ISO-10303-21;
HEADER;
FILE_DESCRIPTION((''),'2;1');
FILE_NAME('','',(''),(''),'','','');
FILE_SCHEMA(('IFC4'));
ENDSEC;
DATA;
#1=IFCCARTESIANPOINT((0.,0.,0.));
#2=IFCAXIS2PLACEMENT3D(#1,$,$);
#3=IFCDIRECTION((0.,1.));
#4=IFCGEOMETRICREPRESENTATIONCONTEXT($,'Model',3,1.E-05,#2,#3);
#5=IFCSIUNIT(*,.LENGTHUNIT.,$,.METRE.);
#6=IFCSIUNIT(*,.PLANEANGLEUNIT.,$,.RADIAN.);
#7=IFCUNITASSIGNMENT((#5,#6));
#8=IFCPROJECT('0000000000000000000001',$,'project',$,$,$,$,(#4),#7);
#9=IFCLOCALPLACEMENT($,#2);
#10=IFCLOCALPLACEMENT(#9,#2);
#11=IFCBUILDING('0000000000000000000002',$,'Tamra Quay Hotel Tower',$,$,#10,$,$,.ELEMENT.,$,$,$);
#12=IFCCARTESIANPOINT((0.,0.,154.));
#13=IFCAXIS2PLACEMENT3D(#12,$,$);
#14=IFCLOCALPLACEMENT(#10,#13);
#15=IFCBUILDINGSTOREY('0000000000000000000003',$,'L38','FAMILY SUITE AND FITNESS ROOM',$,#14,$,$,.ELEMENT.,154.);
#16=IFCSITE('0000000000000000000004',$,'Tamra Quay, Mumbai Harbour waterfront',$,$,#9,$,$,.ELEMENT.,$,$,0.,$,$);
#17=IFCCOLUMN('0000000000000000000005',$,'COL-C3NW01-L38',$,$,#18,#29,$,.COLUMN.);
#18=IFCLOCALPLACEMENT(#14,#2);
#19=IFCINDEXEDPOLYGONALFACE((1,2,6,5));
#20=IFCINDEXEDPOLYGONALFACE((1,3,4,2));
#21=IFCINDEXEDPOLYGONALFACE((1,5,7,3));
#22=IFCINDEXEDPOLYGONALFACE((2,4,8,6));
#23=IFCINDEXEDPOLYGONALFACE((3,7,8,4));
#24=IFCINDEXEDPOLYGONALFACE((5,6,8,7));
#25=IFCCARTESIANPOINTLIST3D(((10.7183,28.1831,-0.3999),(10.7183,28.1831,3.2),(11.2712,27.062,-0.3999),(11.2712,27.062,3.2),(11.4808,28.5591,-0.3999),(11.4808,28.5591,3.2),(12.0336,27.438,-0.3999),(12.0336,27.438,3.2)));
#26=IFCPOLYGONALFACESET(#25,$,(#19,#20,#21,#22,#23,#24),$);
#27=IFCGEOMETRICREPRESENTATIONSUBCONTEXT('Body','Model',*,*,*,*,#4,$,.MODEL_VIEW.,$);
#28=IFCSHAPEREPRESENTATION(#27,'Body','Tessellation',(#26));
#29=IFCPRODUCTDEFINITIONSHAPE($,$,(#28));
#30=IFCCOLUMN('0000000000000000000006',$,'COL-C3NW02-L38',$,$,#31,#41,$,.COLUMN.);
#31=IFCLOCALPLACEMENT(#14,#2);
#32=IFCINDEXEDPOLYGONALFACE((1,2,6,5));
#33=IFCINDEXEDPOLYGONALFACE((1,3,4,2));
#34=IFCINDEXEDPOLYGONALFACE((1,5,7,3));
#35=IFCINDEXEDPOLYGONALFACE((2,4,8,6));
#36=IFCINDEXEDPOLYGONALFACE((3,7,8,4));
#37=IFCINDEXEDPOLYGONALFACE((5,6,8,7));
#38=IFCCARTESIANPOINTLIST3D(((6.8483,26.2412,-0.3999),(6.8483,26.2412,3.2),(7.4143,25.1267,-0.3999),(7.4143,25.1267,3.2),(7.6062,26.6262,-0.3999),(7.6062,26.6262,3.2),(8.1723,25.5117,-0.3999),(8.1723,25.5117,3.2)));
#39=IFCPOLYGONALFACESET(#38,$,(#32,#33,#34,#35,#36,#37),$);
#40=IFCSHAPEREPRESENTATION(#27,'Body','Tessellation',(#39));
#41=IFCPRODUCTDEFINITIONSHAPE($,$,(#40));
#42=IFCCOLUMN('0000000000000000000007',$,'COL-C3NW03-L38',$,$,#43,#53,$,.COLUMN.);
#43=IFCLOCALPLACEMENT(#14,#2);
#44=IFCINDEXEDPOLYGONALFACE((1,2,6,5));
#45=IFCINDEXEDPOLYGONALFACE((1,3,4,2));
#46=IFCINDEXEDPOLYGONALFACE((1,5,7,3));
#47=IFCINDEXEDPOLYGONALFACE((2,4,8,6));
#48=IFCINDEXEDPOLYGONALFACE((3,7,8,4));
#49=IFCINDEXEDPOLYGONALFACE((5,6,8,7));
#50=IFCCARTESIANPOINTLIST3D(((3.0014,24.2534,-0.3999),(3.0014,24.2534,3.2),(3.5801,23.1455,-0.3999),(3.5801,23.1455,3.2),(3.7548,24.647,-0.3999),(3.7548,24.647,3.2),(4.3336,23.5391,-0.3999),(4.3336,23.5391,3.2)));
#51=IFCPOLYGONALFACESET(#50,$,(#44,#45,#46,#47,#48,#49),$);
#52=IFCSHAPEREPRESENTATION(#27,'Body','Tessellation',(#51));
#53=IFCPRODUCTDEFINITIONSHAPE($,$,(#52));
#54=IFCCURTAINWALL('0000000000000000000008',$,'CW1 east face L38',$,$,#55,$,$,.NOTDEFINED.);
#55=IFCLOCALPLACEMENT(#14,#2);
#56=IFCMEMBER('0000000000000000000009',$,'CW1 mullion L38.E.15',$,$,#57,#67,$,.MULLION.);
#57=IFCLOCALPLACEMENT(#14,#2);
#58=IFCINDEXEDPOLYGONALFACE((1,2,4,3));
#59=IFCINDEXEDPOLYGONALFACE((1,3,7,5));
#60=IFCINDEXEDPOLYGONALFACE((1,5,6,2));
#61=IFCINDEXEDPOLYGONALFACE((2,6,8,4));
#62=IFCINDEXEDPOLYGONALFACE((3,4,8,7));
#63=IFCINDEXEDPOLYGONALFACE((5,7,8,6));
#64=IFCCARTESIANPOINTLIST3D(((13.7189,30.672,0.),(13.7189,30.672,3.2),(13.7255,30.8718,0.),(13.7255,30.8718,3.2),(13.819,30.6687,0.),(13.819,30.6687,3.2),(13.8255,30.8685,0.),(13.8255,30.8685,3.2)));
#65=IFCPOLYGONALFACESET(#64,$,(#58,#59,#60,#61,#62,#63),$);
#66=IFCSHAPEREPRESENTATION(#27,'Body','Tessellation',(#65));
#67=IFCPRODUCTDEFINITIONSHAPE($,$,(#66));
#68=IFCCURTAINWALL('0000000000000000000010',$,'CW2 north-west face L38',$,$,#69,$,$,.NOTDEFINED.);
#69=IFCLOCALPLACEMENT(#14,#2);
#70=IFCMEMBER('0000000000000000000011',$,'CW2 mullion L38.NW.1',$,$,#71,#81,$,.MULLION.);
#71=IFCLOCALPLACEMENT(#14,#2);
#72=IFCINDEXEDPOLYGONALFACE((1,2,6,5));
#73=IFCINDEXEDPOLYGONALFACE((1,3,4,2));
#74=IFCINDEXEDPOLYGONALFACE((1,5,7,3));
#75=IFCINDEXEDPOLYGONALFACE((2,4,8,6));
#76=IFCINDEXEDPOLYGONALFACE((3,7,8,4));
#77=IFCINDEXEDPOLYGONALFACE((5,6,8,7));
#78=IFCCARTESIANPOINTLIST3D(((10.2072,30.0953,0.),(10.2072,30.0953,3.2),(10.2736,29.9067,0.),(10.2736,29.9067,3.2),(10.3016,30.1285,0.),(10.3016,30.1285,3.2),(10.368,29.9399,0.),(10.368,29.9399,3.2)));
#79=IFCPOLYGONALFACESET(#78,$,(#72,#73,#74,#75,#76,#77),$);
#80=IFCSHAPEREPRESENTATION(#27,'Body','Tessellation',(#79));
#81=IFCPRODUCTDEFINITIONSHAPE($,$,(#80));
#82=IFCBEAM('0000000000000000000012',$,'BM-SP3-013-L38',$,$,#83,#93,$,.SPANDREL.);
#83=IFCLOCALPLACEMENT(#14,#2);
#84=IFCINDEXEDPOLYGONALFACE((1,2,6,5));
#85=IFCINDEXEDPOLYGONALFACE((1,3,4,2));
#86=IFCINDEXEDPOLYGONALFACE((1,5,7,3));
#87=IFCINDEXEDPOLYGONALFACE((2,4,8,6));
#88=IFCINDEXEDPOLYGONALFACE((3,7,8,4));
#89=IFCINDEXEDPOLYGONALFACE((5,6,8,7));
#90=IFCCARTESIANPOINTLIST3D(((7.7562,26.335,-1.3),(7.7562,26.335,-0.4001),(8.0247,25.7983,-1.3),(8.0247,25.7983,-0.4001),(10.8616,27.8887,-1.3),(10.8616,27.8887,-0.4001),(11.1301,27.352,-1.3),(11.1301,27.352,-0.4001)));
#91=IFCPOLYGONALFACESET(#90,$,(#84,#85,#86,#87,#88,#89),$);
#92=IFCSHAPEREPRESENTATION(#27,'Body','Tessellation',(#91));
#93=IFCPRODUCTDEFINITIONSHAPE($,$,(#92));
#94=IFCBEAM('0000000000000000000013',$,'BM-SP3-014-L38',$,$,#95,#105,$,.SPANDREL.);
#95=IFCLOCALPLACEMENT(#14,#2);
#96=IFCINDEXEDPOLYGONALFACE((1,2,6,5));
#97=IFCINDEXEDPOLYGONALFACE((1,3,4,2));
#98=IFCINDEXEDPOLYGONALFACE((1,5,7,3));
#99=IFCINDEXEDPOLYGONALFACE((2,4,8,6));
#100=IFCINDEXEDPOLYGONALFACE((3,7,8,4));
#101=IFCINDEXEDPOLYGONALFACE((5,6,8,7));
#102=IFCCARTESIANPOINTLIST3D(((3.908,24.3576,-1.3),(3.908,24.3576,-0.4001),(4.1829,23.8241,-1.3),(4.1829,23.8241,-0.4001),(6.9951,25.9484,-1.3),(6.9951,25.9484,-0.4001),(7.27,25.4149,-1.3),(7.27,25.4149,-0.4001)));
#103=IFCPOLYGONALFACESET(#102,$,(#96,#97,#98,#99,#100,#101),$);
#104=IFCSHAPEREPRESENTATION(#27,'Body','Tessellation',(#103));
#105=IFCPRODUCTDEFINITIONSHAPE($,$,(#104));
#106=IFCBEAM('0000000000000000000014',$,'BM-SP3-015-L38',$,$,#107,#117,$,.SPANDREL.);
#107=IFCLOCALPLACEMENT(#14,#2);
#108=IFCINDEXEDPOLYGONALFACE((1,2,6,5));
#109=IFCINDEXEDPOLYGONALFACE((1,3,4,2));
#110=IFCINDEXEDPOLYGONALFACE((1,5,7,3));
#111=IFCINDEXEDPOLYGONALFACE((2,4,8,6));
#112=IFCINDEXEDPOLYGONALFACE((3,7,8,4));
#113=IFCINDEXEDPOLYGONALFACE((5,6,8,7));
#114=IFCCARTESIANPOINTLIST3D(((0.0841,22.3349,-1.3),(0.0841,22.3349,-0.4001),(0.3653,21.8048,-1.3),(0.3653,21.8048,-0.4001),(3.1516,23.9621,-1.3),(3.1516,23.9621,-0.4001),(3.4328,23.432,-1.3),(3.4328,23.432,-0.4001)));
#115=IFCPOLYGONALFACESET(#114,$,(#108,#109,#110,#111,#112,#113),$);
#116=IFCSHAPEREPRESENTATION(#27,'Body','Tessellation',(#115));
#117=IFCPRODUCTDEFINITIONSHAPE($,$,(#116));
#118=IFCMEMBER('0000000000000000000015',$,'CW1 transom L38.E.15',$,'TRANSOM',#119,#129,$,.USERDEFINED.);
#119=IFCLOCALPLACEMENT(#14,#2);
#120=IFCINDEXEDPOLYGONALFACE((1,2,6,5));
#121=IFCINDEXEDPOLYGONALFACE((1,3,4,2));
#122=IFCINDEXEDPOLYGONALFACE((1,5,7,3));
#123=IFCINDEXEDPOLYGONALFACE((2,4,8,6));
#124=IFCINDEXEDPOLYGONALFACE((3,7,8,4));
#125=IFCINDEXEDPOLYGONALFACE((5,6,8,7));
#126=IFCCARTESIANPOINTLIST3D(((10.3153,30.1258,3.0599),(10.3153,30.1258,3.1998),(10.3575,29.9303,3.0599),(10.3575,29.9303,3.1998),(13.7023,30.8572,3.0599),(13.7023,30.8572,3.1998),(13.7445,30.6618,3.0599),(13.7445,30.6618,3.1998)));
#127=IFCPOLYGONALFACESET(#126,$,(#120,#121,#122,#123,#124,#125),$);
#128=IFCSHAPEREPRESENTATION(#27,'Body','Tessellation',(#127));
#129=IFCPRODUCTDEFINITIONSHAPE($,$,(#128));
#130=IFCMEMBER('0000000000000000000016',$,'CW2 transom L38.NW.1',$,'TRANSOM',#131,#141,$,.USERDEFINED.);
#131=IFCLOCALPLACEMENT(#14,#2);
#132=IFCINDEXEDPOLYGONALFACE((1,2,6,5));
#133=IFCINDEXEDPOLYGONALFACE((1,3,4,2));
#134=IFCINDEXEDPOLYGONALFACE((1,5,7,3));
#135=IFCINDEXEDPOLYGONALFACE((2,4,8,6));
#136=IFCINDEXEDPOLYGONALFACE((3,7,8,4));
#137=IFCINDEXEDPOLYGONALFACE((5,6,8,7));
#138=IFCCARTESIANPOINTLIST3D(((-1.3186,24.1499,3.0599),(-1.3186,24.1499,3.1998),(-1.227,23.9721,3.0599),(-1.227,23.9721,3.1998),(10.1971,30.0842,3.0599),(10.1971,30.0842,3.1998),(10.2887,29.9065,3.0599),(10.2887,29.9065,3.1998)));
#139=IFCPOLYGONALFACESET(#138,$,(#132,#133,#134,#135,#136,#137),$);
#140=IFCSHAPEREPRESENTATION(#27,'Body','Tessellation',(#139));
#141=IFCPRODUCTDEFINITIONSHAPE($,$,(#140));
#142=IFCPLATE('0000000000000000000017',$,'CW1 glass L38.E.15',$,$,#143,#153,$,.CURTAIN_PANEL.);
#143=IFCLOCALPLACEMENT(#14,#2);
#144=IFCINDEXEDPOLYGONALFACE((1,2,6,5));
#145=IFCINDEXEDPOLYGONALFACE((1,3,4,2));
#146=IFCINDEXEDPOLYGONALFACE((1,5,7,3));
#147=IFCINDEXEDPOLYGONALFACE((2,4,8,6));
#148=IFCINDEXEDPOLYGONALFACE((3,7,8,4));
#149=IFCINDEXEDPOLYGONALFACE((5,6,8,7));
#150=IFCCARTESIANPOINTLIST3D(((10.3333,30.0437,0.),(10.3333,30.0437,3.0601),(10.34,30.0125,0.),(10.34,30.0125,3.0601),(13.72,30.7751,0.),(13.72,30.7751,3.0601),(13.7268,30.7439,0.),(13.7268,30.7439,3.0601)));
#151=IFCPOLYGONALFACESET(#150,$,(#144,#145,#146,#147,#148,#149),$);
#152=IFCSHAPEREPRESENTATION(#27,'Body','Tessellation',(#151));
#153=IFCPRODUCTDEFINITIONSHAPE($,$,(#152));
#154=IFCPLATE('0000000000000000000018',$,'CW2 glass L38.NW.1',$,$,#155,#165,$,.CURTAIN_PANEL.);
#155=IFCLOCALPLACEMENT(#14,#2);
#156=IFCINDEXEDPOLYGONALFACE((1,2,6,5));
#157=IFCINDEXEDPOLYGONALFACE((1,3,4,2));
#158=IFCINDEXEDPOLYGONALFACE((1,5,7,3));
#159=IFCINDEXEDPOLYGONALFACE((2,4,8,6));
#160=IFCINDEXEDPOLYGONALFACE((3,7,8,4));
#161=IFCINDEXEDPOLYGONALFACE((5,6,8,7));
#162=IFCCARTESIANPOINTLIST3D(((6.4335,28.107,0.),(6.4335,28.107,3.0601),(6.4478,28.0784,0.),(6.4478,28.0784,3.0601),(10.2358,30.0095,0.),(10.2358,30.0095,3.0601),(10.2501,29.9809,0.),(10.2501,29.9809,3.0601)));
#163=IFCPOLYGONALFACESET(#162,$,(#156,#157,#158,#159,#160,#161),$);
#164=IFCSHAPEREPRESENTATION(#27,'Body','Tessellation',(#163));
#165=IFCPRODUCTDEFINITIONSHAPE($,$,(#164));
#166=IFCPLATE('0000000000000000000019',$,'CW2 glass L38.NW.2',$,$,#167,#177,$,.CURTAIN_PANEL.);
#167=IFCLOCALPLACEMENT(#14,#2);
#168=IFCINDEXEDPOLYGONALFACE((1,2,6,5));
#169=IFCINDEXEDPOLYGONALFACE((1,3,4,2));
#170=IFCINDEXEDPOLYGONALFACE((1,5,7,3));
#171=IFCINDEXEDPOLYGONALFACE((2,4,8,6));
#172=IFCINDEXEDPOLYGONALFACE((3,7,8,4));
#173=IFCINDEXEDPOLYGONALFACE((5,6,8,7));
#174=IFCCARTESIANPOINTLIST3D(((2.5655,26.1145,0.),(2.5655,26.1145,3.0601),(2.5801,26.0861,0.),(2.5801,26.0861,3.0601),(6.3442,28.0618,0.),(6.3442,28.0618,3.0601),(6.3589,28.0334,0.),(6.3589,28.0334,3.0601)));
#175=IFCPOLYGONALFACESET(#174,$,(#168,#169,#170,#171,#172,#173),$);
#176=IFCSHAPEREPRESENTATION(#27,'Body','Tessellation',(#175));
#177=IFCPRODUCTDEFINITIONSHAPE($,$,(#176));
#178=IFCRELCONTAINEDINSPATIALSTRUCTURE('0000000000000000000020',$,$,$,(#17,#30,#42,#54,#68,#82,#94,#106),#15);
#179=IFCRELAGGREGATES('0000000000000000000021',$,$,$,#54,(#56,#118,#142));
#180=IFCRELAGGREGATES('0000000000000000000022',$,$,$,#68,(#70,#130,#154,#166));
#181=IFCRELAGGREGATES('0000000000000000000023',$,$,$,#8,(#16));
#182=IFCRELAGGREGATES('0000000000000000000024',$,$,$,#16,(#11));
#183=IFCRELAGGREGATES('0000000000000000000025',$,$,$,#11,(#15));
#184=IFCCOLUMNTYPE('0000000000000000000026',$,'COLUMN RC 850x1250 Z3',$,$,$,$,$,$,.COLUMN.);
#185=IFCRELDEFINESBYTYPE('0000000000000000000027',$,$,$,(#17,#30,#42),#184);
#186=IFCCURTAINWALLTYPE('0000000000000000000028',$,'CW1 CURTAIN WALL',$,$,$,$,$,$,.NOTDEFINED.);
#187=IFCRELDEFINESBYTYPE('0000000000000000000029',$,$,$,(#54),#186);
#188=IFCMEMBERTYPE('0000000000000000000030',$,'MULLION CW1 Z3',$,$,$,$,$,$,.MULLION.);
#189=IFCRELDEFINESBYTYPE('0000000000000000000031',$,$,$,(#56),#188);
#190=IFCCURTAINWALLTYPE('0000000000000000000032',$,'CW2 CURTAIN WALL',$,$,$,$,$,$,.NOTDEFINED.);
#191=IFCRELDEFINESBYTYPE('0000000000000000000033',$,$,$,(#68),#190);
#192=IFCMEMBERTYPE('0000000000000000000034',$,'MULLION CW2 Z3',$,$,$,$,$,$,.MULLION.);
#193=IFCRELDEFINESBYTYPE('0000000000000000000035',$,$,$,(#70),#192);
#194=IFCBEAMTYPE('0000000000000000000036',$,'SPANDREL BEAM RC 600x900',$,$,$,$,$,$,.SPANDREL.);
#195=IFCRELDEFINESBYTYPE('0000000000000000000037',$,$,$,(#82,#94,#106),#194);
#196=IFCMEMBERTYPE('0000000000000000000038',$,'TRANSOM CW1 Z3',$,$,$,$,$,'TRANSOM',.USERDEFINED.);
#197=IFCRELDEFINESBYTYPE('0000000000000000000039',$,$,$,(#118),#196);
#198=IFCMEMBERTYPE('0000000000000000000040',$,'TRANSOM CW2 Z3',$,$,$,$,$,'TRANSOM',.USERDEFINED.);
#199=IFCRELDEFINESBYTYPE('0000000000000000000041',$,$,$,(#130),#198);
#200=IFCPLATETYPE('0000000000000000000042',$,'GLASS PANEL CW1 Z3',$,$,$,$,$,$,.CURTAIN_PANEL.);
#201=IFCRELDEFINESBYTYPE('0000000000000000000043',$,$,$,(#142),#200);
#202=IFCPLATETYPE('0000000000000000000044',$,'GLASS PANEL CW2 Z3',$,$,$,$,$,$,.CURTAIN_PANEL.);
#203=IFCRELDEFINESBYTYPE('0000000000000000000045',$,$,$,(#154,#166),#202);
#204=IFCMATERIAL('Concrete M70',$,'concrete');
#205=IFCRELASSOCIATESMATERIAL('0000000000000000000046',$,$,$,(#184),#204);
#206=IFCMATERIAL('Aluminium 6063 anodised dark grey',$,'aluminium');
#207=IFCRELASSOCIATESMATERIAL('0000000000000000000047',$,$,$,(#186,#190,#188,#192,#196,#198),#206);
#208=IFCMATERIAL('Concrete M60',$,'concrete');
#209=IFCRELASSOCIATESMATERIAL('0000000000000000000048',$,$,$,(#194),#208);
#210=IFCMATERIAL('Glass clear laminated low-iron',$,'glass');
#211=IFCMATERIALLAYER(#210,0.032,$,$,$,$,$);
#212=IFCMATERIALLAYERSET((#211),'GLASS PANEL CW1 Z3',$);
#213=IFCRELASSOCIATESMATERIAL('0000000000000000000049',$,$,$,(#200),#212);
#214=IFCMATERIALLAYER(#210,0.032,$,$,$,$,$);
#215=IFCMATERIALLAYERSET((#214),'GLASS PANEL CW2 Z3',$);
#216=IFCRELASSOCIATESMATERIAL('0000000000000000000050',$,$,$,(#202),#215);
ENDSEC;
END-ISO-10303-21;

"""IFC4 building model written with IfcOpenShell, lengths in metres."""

from ifc_helpers import new_model, si_unit, direction, frame, origin, origin_2d, place, context, subcontext, project, spatial, rectangle, extrude, material, layer, layer_set, material_profile, profile_set, type_object, element, aggregate, save


model = new_model("IFC4")

# Units and contexts
model_context = context("Model", 3, precision=1e-05, world=origin(), true_north=direction((0.0, 1.0)))
body_context = subcontext(model_context, "Body", "Model", "MODEL_VIEW")
ifc_project = project(units=[si_unit("LENGTHUNIT", "METRE"), si_unit("PLANEANGLEUNIT", "RADIAN")], contexts=[model_context])

# Site, building, storey
site_placement = place(None, origin())
site = spatial("IfcSite", under=ifc_project, at=site_placement, Name="Tamra Quay, Mumbai Harbour waterfront", CompositionType="ELEMENT", RefElevation=0.0)
building_placement = place(site_placement, origin())
building = spatial("IfcBuilding", under=site, at=building_placement, Name="Tamra Quay Hotel Tower", CompositionType="ELEMENT")
storey_placement = place(building_placement, frame((0.0, 0.0, 154.0)))
storey = spatial("IfcBuildingStorey", under=building, at=storey_placement, Name="L38", Description="FAMILY SUITE AND FITNESS ROOM", CompositionType="ELEMENT", Elevation=154.0)

# Columns
ifc_material_1 = material(Name="Concrete M70", Category="concrete")
ifc_material_profile_1 = material_profile(ifc_material_1, rectangle(XDim=1.25, YDim=0.8501, at=origin_2d()), Name="COLUMN RC 850x1250 Z3")
ifc_profile_set_1 = profile_set([ifc_material_profile_1], Name="Concrete M70")
column_type = type_object("IfcColumnType", Name="COLUMN RC 850x1250 Z3", PredefinedType="COLUMN", material=ifc_profile_set_1)
for number, where, z_axis, x_axis, name in (
    (1, (11.376, 27.8105, -0.3999), (0.0, 0.0, 1.0), (-0.442275, 0.89688, 0.0), "COL-C3NW01-L38"),
    (2, (7.5103, 25.8765, -0.3999), (0.0, 0.0, 1.0), (-0.45286, 0.891582, 0.0), "COL-C3NW02-L38"),
    (3, (3.6675, 23.8962, -0.3999), (0.0, 0.0, 1.0), (-0.463007, 0.886355, 0.0), "COL-C3NW03-L38"),
):
    element("IfcColumn", number, at=place(storey_placement, frame(where, z_axis=z_axis, x_axis=x_axis)), inside=storey, type_object=column_type, Name=name, PredefinedType="COLUMN", context=body_context, shape_type="SweptSolid", body=[
        extrude(rectangle(XDim=1.25, YDim=0.8501, at=origin_2d()), origin(), (0.0, 0.0, 1.0), 3.5999),
    ])

# Curtain walls, members
ifc_material_2 = material(Name="Aluminium 6063 anodised dark grey", Category="aluminium")
curtain_wall_type_1 = type_object("IfcCurtainWallType", Name="CW1 CURTAIN WALL", PredefinedType="NOTDEFINED", material=ifc_material_2)
curtain_wall_1_placement = place(storey_placement, origin())
curtain_wall_1 = element("IfcCurtainWall", 4, at=curtain_wall_1_placement, inside=storey, type_object=curtain_wall_type_1, Name="CW1 east face L38", PredefinedType="NOTDEFINED")
ifc_material_profile_2 = material_profile(ifc_material_2, rectangle(XDim=0.2, YDim=0.1001, at=origin_2d()), Name="MULLION 100X200")
ifc_profile_set_2 = profile_set([ifc_material_profile_2], Name="Aluminium 6063 anodised dark grey")
member_type_1 = type_object("IfcMemberType", Name="MULLION CW1 Z3", PredefinedType="MULLION", material=ifc_profile_set_2)
member_1_placement = place(storey_placement, frame((13.7722, 30.7703, 0.0), z_axis=(0.0, 0.0, 1.0), x_axis=(0.032727, 0.999464, 0.0)))
member_1 = element("IfcMember", 5, at=member_1_placement, type_object=member_type_1, Name="CW1 mullion L38.E.15", PredefinedType="MULLION", context=body_context, shape_type="SweptSolid", body=[
    extrude(rectangle(XDim=0.2, YDim=0.1001, at=origin_2d()), origin(), (0.0, 0.0, 1.0), 3.2),
])
curtain_wall_type_2 = type_object("IfcCurtainWallType", Name="CW2 CURTAIN WALL", PredefinedType="NOTDEFINED", material=ifc_material_2)
curtain_wall_2_placement = place(storey_placement, origin())
curtain_wall_2 = element("IfcCurtainWall", 6, at=curtain_wall_2_placement, inside=storey, type_object=curtain_wall_type_2, Name="CW2 north-west face L38", PredefinedType="NOTDEFINED")
ifc_material_profile_3 = material_profile(ifc_material_2, rectangle(XDim=0.2, YDim=0.1001, at=origin_2d()), Name="MULLION 100X200")
ifc_profile_set_3 = profile_set([ifc_material_profile_3], Name="Aluminium 6063 anodised dark grey")
member_type_2 = type_object("IfcMemberType", Name="MULLION CW2 Z3", PredefinedType="MULLION", material=ifc_profile_set_3)
member_2_placement = place(storey_placement, frame((10.2876, 30.0176, 0.0), z_axis=(0.0, 0.0, 1.0), x_axis=(-0.331894, 0.943317, 0.0)))
member_2 = element("IfcMember", 7, at=member_2_placement, type_object=member_type_2, Name="CW2 mullion L38.NW.1", PredefinedType="MULLION", context=body_context, shape_type="SweptSolid", body=[
    extrude(rectangle(XDim=0.2, YDim=0.1001, at=origin_2d()), origin(), (0.0, 0.0, 1.0), 3.2),
])

# Beams
ifc_material_3 = material(Name="Concrete M60", Category="concrete")
ifc_material_profile_4 = material_profile(ifc_material_3, rectangle(XDim=0.6001, YDim=0.8999, at=origin_2d()), Name="SPANDREL BEAM RC 600x900")
ifc_profile_set_4 = profile_set([ifc_material_profile_4], Name="Concrete M60")
beam_type = type_object("IfcBeamType", Name="SPANDREL BEAM RC 600x900", PredefinedType="SPANDREL", material=ifc_profile_set_4)
beam_1_placement = place(storey_placement, frame((10.9958, 27.6204, -0.8501), z_axis=(-0.894315, -0.447439, 0.0), x_axis=(0.447439, -0.894315, 0.0)))
element("IfcBeam", 8, at=beam_1_placement, inside=storey, type_object=beam_type, Name="BM-SP3-013-L38", PredefinedType="SPANDREL", context=body_context, shape_type="SweptSolid", body=[
    extrude(rectangle(XDim=0.6001, YDim=0.8999, at=origin_2d()), origin(), (0.0, 0.0, 1.0), 3.4724),
])
beam_2_placement = place(storey_placement, frame((7.1326, 25.6816, -0.8501), z_axis=(-0.88892, -0.458063, 0.0), x_axis=(0.458063, -0.88892, 0.0)))
element("IfcBeam", 9, at=beam_2_placement, inside=storey, type_object=beam_type, Name="BM-SP3-014-L38", PredefinedType="SPANDREL", context=body_context, shape_type="SweptSolid", body=[
    extrude(rectangle(XDim=0.6001, YDim=0.8999, at=origin_2d()), origin(), (0.0, 0.0, 1.0), 3.4729),
])
beam_3_placement = place(storey_placement, frame((3.2922, 23.697, -0.8501), z_axis=(-0.883411, -0.468598, 0.0), x_axis=(0.468598, -0.883411, 0.0)))
element("IfcBeam", 10, at=beam_3_placement, inside=storey, type_object=beam_type, Name="BM-SP3-015-L38", PredefinedType="SPANDREL", context=body_context, shape_type="SweptSolid", body=[
    extrude(rectangle(XDim=0.6001, YDim=0.8999, at=origin_2d()), origin(), (0.0, 0.0, 1.0), 3.4724),
])

# Members
ifc_material_profile_5 = material_profile(ifc_material_2, rectangle(XDim=0.2, YDim=0.1399, at=origin_2d()), Name="TRANSOM 200X140")
ifc_profile_set_5 = profile_set([ifc_material_profile_5], Name="Aluminium 6063 anodised dark grey")
member_type_3 = type_object("IfcMemberType", Name="TRANSOM CW1 Z3", ElementType="TRANSOM", PredefinedType="USERDEFINED", material=ifc_profile_set_5)
member_3_placement = place(storey_placement, frame((13.7234, 30.7595, 3.1299), z_axis=(-0.977466, -0.211093, 0.0), x_axis=(0.211093, -0.977466, 0.0)))
member_3 = element("IfcMember", 11, at=member_3_placement, type_object=member_type_3, Name="CW1 transom L38.E.15", ObjectType="TRANSOM", PredefinedType="USERDEFINED", context=body_context, shape_type="SweptSolid", body=[
    extrude(rectangle(XDim=0.2, YDim=0.1399, at=origin_2d()), origin(), (0.0, 0.0, 1.0), 3.4651),
])
ifc_material_profile_6 = material_profile(ifc_material_2, rectangle(XDim=0.2, YDim=0.1399, at=origin_2d()), Name="TRANSOM 200X140")
ifc_profile_set_6 = profile_set([ifc_material_profile_6], Name="Aluminium 6063 anodised dark grey")
member_type_4 = type_object("IfcMemberType", Name="TRANSOM CW2 Z3", ElementType="TRANSOM", PredefinedType="USERDEFINED", material=ifc_profile_set_6)
member_4_placement = place(storey_placement, frame((10.2429, 29.9954, 3.1299), z_axis=(-0.888911, -0.458081, 0.0), x_axis=(0.458081, -0.888911, 0.0)))
member_4 = element("IfcMember", 12, at=member_4_placement, type_object=member_type_4, Name="CW2 transom L38.NW.1", ObjectType="TRANSOM", PredefinedType="USERDEFINED", context=body_context, shape_type="SweptSolid", body=[
    extrude(rectangle(XDim=0.2, YDim=0.1399, at=origin_2d()), origin(), (0.0, 0.0, 1.0), 12.9548),
])

# Plates
ifc_material_4 = material(Name="Glass clear laminated low-iron", Category="glass")
ifc_layer_1 = layer(ifc_material_4, 0.032)
ifc_layer_set_1 = layer_set([ifc_layer_1], Name="GLASS PANEL CW1 Z3")
plate_type_1 = type_object("IfcPlateType", Name="GLASS PANEL CW1 Z3", PredefinedType="CURTAIN_PANEL", material=ifc_layer_set_1)
plate_1_placement = place(storey_placement, frame((12.03, 30.3938, 0.0), z_axis=(0.0, 0.0, 1.0), x_axis=(-0.977465, -0.211099, 0.0)))
plate_1 = element("IfcPlate", 13, at=plate_1_placement, type_object=plate_type_1, Name="CW1 glass L38.E.15", PredefinedType="CURTAIN_PANEL", context=body_context, shape_type="SweptSolid", body=[
    extrude(rectangle(XDim=3.4648, YDim=0.032, at=origin_2d()), origin(), (0.0, 0.0, 1.0), 3.0601),
])
aggregate(curtain_wall_1, [member_1, member_3, plate_1])
ifc_layer_2 = layer(ifc_material_4, 0.032)
ifc_layer_set_2 = layer_set([ifc_layer_2], Name="GLASS PANEL CW2 Z3")
plate_type_2 = type_object("IfcPlateType", Name="GLASS PANEL CW2 Z3", PredefinedType="CURTAIN_PANEL", material=ifc_layer_set_2)
plate_2_placement = place(storey_placement, frame((8.3418, 29.0439, 0.0), z_axis=(0.0, 0.0, 1.0), x_axis=(-0.894305, -0.447459, 0.0)))
plate_2 = element("IfcPlate", 14, at=plate_2_placement, type_object=plate_type_2, Name="CW2 glass L38.NW.1", PredefinedType="CURTAIN_PANEL", context=body_context, shape_type="SweptSolid", body=[
    extrude(rectangle(XDim=4.2517, YDim=0.032, at=origin_2d()), origin(), (0.0, 0.0, 1.0), 3.0601),
])
plate_3_placement = place(storey_placement, frame((4.4622, 27.074, 0.0), z_axis=(0.0, 0.0, 1.0), x_axis=(-0.888911, -0.458079, 0.0)))
plate_3 = element("IfcPlate", 15, at=plate_3_placement, type_object=plate_type_2, Name="CW2 glass L38.NW.2", PredefinedType="CURTAIN_PANEL", context=body_context, shape_type="SweptSolid", body=[
    extrude(rectangle(XDim=4.251, YDim=0.032, at=origin_2d()), origin(), (0.0, 0.0, 1.0), 3.0601),
])
aggregate(curtain_wall_2, [member_2, member_4, plate_2, plate_3])

save(model, "model.ifc")
